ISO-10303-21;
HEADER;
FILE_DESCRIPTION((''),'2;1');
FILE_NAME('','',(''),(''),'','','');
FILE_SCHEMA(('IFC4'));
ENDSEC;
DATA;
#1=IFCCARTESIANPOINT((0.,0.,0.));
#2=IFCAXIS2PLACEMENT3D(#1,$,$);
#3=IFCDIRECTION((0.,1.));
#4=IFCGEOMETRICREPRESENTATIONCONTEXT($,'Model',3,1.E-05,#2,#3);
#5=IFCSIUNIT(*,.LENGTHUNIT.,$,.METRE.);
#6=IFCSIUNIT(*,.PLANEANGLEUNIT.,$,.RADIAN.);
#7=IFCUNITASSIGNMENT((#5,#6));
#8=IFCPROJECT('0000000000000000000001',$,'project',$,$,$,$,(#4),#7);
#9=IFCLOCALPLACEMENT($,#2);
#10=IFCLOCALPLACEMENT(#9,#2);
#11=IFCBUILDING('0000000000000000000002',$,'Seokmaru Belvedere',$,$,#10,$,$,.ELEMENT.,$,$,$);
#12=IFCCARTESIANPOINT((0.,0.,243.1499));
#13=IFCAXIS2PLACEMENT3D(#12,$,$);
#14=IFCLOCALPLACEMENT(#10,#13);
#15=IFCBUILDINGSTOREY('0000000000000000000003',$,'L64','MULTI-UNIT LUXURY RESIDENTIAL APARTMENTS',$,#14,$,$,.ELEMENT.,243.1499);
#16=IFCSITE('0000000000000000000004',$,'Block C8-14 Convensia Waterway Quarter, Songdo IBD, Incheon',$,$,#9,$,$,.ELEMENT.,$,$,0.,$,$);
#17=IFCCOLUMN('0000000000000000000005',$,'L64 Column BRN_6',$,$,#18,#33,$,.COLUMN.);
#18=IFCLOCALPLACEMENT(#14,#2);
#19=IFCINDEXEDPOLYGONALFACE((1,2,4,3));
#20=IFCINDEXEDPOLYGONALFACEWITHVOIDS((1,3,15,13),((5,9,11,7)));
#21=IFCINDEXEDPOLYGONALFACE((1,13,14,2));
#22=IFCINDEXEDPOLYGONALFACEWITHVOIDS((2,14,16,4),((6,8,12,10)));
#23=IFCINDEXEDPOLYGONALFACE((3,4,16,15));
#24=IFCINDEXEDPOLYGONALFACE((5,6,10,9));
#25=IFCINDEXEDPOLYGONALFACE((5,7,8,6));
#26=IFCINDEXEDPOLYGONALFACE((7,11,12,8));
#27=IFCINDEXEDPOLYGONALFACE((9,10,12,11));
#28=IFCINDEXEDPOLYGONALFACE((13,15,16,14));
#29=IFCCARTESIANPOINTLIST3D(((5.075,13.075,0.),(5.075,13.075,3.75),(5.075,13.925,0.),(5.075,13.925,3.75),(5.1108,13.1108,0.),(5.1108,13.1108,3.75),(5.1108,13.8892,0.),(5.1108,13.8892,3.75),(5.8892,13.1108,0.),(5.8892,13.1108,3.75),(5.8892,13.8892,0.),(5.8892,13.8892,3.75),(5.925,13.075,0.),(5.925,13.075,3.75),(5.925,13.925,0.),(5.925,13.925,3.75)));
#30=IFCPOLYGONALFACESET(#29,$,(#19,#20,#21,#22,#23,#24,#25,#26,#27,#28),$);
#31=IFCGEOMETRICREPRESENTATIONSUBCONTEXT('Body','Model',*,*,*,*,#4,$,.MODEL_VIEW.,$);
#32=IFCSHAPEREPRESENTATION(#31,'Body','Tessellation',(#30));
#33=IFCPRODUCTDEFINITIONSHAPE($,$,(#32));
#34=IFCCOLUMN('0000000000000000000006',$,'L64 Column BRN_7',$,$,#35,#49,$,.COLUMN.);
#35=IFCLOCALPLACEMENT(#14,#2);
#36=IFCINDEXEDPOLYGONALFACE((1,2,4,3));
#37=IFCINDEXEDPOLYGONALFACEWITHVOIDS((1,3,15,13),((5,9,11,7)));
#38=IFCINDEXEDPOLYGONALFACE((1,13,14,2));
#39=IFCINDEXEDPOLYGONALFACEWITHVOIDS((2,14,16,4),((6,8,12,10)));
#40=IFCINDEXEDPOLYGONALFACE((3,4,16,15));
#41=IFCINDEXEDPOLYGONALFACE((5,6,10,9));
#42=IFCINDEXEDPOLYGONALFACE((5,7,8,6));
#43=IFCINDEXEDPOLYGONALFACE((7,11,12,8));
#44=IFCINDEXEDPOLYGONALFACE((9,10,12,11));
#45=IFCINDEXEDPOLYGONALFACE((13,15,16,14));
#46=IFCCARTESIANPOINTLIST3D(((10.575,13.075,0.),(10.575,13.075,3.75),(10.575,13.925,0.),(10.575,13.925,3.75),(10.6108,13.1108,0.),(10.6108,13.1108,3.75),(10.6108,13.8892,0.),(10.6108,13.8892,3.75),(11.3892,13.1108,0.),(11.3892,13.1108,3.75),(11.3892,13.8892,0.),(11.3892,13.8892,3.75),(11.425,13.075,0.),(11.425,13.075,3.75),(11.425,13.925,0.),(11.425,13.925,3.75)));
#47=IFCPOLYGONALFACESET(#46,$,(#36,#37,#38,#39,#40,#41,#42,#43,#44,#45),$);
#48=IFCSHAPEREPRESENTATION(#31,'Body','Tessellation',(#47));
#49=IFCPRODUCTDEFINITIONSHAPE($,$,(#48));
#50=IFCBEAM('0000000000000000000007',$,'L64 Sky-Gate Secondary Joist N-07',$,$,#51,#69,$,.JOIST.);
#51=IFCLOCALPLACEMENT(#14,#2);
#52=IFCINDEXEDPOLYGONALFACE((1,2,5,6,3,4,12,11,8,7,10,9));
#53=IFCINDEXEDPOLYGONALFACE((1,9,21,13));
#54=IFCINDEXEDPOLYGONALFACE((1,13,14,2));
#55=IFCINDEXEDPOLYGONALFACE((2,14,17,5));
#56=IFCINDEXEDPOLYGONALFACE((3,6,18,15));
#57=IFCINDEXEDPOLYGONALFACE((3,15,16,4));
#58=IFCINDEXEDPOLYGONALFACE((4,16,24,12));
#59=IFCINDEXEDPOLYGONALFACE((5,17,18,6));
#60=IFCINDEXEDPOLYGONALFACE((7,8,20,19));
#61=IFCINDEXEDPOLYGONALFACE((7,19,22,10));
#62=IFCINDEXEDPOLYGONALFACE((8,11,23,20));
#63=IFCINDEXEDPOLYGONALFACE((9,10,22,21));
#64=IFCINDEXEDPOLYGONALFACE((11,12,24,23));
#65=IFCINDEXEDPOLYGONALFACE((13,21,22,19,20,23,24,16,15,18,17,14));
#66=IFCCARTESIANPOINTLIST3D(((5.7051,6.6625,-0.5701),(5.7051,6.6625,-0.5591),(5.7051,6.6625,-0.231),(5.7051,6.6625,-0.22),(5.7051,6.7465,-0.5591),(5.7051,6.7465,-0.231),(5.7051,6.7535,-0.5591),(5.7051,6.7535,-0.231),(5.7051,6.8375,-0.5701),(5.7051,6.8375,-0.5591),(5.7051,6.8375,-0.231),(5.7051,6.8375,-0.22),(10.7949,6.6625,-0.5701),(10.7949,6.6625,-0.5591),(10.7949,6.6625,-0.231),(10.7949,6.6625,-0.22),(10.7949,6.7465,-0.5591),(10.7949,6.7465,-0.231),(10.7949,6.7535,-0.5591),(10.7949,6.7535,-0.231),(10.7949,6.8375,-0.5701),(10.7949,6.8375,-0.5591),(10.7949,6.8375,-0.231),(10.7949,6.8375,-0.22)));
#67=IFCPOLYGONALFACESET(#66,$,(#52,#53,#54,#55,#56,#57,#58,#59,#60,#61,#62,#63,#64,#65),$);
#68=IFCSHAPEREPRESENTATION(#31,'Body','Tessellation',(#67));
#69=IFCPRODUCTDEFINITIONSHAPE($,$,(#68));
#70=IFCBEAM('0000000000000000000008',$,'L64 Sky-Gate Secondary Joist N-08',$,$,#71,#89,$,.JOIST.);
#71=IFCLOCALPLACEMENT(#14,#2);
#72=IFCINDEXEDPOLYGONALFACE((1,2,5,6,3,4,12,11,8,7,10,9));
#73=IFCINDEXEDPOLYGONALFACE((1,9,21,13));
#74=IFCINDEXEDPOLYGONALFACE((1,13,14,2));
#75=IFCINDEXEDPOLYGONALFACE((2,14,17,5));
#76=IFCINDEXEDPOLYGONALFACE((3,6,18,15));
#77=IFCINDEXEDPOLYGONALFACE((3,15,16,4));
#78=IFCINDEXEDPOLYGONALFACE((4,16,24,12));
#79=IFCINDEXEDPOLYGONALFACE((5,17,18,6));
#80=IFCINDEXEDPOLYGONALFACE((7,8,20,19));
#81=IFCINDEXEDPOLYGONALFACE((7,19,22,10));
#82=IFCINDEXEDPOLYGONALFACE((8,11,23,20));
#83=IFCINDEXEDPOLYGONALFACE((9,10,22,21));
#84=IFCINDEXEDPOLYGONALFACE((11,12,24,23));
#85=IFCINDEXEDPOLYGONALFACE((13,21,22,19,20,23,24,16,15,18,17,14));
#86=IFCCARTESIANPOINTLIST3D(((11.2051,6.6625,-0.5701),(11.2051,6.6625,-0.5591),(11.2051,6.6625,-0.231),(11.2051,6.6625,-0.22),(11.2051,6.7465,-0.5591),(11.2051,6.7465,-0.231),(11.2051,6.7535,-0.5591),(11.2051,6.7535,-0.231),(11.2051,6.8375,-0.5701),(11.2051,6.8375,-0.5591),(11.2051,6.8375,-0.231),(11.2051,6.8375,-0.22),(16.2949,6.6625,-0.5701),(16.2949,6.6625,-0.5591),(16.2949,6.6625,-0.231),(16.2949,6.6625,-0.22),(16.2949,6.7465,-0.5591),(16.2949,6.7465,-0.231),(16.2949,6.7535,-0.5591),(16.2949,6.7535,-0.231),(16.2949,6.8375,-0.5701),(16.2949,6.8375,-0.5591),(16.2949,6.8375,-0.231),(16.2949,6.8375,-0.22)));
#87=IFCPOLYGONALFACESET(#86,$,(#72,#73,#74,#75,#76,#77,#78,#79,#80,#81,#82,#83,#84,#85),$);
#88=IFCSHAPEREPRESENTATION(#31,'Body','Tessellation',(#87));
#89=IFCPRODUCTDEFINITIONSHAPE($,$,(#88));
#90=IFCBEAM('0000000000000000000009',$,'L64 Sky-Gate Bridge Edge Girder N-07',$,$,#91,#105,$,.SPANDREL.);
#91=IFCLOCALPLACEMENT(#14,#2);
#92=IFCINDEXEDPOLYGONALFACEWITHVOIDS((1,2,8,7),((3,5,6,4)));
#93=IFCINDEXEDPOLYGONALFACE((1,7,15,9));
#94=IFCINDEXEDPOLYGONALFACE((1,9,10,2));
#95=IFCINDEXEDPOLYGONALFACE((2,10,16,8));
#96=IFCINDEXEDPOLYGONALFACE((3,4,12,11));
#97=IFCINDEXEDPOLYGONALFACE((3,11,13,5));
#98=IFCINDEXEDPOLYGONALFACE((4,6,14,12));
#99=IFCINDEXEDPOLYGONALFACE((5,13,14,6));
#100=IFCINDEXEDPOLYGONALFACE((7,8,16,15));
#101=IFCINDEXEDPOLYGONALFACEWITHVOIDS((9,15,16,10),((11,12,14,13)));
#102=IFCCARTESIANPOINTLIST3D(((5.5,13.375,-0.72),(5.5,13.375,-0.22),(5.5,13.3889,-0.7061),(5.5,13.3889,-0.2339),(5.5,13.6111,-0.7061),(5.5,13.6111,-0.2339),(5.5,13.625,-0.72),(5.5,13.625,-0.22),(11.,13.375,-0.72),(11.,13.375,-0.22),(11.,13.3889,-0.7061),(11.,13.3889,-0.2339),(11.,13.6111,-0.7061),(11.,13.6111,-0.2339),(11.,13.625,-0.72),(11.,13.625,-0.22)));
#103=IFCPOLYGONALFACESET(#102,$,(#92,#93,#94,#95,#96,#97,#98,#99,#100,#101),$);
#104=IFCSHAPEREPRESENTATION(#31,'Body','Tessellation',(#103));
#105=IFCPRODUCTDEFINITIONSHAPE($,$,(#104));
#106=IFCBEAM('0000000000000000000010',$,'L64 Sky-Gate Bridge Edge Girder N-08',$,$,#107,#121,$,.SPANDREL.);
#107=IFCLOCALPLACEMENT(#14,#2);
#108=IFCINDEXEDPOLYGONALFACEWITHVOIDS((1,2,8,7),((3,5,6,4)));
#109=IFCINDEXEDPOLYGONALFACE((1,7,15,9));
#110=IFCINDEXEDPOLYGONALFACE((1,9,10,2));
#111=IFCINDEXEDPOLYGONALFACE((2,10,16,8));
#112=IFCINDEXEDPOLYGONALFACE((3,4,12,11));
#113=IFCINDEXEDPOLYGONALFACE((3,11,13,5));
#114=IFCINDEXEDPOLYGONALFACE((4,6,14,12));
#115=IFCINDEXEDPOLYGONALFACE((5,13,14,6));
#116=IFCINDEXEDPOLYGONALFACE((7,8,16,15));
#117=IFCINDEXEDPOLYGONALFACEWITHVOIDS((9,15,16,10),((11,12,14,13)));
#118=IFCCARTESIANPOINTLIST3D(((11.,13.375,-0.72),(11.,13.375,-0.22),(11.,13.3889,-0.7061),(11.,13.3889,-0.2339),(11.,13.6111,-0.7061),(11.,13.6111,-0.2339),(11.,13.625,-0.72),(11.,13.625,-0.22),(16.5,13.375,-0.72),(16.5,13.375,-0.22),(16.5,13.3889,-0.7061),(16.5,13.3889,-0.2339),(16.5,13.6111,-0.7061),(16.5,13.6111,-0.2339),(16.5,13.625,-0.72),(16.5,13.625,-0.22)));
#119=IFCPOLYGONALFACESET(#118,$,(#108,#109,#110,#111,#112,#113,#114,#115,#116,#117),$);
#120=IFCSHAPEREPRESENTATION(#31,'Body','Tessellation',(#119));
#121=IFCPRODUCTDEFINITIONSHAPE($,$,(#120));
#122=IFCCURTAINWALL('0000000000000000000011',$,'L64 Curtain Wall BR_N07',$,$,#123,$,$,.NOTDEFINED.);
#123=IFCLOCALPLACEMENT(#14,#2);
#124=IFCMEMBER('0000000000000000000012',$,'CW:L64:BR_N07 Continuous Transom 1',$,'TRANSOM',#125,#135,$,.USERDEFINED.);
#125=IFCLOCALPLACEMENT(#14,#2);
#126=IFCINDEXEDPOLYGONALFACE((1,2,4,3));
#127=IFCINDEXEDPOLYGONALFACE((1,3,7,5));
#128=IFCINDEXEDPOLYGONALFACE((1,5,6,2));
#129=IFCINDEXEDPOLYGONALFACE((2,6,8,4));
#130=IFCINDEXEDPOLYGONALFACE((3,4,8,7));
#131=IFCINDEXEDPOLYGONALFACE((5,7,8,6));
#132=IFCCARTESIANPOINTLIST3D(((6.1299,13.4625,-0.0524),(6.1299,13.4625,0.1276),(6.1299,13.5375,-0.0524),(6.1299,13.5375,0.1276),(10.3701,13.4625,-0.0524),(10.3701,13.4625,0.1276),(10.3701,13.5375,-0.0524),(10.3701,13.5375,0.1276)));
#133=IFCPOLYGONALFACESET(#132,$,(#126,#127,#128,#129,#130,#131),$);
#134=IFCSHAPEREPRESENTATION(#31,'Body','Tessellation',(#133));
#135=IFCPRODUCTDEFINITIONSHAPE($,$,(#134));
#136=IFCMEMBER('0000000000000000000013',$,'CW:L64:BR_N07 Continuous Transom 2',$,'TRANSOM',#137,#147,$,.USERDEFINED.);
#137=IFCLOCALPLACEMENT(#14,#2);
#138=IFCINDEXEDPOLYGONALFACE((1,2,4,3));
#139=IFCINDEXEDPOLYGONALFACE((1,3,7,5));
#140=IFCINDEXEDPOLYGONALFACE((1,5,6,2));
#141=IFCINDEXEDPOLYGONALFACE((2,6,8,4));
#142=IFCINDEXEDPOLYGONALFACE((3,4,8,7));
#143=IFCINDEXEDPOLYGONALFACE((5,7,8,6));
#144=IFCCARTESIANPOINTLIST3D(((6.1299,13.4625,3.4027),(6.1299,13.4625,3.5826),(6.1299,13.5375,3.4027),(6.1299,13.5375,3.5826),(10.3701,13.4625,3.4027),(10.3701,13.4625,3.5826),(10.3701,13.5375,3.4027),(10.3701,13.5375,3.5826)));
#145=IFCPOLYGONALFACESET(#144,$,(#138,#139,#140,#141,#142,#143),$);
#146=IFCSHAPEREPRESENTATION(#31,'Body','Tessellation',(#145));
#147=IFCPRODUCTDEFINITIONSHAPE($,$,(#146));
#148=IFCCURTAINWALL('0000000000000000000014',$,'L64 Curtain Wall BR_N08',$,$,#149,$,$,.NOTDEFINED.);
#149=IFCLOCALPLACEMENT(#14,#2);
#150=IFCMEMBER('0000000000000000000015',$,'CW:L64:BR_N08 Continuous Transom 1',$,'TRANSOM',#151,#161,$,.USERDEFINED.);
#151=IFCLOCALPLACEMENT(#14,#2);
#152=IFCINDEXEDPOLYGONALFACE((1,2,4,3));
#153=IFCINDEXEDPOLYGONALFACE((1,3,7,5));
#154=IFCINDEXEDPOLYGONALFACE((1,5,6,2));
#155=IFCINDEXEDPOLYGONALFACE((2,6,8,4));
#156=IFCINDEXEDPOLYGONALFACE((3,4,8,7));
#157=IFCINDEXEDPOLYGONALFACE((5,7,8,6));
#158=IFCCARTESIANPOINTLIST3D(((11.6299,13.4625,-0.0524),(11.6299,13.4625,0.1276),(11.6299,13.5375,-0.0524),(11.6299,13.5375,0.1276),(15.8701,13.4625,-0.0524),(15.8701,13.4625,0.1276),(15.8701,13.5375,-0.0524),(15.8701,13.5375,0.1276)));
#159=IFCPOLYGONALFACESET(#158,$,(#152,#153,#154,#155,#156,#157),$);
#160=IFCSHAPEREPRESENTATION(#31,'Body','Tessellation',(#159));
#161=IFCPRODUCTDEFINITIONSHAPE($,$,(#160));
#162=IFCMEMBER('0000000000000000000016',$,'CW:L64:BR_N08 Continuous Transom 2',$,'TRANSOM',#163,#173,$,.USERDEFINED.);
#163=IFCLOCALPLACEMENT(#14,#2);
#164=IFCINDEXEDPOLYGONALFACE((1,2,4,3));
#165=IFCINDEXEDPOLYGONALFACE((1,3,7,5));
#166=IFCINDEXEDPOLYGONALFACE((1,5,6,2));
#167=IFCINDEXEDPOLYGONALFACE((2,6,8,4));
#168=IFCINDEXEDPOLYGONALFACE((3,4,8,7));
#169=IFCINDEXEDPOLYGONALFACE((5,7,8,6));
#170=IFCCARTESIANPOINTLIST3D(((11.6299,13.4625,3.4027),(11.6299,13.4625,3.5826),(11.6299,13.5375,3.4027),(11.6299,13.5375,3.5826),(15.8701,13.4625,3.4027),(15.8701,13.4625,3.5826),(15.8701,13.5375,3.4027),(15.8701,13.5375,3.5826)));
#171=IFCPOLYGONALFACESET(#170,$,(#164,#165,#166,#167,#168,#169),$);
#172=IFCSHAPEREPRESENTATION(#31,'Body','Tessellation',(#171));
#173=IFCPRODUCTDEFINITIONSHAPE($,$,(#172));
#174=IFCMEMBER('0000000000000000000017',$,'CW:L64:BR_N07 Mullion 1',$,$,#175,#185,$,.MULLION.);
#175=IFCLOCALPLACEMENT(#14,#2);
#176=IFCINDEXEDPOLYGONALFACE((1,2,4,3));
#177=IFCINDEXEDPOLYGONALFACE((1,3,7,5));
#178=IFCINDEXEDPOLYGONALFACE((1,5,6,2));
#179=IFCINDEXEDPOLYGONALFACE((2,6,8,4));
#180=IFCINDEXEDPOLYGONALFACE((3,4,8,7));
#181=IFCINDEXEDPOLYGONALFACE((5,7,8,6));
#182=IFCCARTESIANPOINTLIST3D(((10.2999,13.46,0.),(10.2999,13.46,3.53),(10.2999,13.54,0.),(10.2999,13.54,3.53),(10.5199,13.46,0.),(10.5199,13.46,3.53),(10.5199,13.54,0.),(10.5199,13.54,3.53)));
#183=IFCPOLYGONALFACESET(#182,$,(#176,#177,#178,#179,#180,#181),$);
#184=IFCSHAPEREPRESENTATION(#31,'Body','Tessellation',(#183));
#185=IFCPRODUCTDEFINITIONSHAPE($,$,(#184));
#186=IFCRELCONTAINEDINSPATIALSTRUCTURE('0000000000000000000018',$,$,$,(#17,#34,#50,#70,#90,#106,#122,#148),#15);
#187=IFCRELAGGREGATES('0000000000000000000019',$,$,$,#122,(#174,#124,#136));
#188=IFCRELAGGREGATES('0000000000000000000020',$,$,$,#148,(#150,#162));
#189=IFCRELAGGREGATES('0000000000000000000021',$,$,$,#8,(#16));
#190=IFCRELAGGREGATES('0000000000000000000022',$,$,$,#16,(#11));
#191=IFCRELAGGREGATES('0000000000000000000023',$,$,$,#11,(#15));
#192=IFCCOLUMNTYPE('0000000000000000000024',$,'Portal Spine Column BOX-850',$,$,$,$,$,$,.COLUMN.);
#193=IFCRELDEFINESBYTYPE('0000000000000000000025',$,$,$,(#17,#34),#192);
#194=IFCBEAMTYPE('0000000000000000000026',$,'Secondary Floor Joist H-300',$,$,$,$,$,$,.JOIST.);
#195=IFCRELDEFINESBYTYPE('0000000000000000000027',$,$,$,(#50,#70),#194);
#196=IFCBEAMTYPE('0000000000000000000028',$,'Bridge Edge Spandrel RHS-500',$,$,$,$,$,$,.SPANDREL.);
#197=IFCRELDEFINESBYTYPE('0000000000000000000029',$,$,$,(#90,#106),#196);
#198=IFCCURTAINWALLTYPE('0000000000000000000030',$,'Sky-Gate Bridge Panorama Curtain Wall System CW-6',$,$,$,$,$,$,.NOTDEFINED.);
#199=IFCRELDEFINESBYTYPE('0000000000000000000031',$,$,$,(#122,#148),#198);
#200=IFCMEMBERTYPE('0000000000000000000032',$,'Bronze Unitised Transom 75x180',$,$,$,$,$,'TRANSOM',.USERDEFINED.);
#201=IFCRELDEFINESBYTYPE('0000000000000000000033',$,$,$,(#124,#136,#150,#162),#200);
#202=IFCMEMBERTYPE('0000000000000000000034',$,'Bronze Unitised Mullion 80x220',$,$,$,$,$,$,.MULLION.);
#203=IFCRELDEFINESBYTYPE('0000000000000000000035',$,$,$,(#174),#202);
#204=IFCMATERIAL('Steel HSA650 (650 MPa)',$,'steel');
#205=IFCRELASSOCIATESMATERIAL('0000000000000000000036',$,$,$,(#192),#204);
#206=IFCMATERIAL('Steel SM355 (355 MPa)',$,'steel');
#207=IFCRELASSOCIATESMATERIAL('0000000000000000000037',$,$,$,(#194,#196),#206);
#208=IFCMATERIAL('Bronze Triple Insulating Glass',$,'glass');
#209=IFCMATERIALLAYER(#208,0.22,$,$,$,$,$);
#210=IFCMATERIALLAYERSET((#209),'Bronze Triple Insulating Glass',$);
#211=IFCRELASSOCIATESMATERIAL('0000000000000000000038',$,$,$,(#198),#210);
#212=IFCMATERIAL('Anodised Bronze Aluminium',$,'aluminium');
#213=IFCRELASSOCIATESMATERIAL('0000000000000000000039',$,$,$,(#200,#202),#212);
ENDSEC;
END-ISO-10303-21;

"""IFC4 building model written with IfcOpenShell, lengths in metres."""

from ifc_helpers import new_model, si_unit, direction, frame, origin, origin_2d, place, context, subcontext, project, spatial, rectangle, hollow_rectangle, i_section, extrude, source, transform, mapped, material, layer, layer_set, material_profile, profile_set, type_object, type_shapes, element, aggregate, save


model = new_model("IFC4")

# Units and contexts
model_context = context("Model", 3, precision=1e-05, world=origin(), true_north=direction((0.0, 1.0)))
body_context = subcontext(model_context, "Body", "Model", "MODEL_VIEW")
ifc_project = project(units=[si_unit("LENGTHUNIT", "METRE"), si_unit("PLANEANGLEUNIT", "RADIAN")], contexts=[model_context])

# Site, building, storey
site_placement = place(None, origin())
site = spatial("IfcSite", under=ifc_project, at=site_placement, Name="Block C8-14 Convensia Waterway Quarter, Songdo IBD, Incheon", CompositionType="ELEMENT", RefElevation=0.0)
building_placement = place(site_placement, origin())
building = spatial("IfcBuilding", under=site, at=building_placement, Name="Seokmaru Belvedere", CompositionType="ELEMENT")
storey_placement = place(building_placement, frame((0.0, 0.0, 243.1499)))
storey = spatial("IfcBuildingStorey", under=building, at=storey_placement, Name="L64", Description="MULTI-UNIT LUXURY RESIDENTIAL APARTMENTS", CompositionType="ELEMENT", Elevation=243.1499)

# Columns
ifc_material_1 = material(Name="Steel HSA650 (650 MPa)", Category="steel")
ifc_material_profile_1 = material_profile(ifc_material_1, hollow_rectangle(XDim=0.8501, YDim=0.8501, WallThickness=0.0359, at=origin_2d()), Name="BOX-850x850x36")
ifc_profile_set_1 = profile_set([ifc_material_profile_1], Name="Steel HSA650 (650 MPa)")
column_type = type_object("IfcColumnType", Name="Portal Spine Column BOX-850", PredefinedType="COLUMN", material=ifc_profile_set_1)
shared_shape_1 = source(origin(), body_context, "Body", "SweptSolid", [
    extrude(hollow_rectangle(XDim=0.8501, YDim=0.8501, WallThickness=0.0359, at=origin_2d()), origin(), (0.0, 0.0, 1.0), 3.75),
])
type_shapes(column_type, [shared_shape_1])
for number, where, z_axis, x_axis, name in (
    (1, (5.5, 13.5, 0.0), (0.0, 0.0, 1.0), (1.0, 0.0, 0.0), "L64 Column BRN_6"),
    (2, (11.0, 13.5, 0.0), (0.0, 0.0, 1.0), (1.0, 0.0, 0.0), "L64 Column BRN_7"),
):
    element("IfcColumn", number, at=place(storey_placement, frame(where, z_axis=z_axis, x_axis=x_axis)), inside=storey, type_object=column_type, Name=name, PredefinedType="COLUMN", context=body_context, shape_type="MappedRepresentation", body=[
        mapped(shared_shape_1, transform((0.0, 0.0, 0.0), scale=1.0)),
    ])

# Beams
ifc_material_2 = material(Name="Steel SM355 (355 MPa)", Category="steel")
ifc_material_profile_2 = material_profile(ifc_material_2, i_section(OverallWidth=0.175, OverallDepth=0.3501, WebThickness=0.0071, FlangeThickness=0.011, at=origin_2d()), Name="H-350x175x7x11")
ifc_profile_set_2 = profile_set([ifc_material_profile_2], Name="Steel SM355 (355 MPa)")
beam_type_1 = type_object("IfcBeamType", Name="Secondary Floor Joist H-300", PredefinedType="JOIST", material=ifc_profile_set_2)
shared_shape_2 = source(origin(), body_context, "Body", "SweptSolid", [
    extrude(i_section(OverallWidth=0.175, OverallDepth=0.3501, WebThickness=0.0071, FlangeThickness=0.011, at=origin_2d()), origin(), (0.0, 0.0, 1.0), 5.0898),
])
type_shapes(beam_type_1, [shared_shape_2])
for number, where, z_axis, x_axis, name in (
    (3, (5.7051, 6.75, -0.395), (1.0, 0.0, 0.0), (0.0, 1.0, 0.0), "L64 Sky-Gate Secondary Joist N-07"),
    (4, (11.2051, 6.75, -0.395), (1.0, 0.0, 0.0), (0.0, 1.0, 0.0), "L64 Sky-Gate Secondary Joist N-08"),
):
    element("IfcBeam", number, at=place(storey_placement, frame(where, z_axis=z_axis, x_axis=x_axis)), inside=storey, type_object=beam_type_1, Name=name, PredefinedType="JOIST", context=body_context, shape_type="MappedRepresentation", body=[
        mapped(shared_shape_2, transform((0.0, 0.0, 0.0), scale=1.0)),
    ])
ifc_material_profile_3 = material_profile(ifc_material_2, hollow_rectangle(XDim=0.25, YDim=0.5, WallThickness=0.0139, at=origin_2d()), Name="RHS-500x250x14")
ifc_profile_set_3 = profile_set([ifc_material_profile_3], Name="Steel SM355 (355 MPa)")
beam_type_2 = type_object("IfcBeamType", Name="Bridge Edge Spandrel RHS-500", PredefinedType="SPANDREL", material=ifc_profile_set_3)
shared_shape_3 = source(origin(), body_context, "Body", "SweptSolid", [
    extrude(hollow_rectangle(XDim=0.25, YDim=0.5, WallThickness=0.0139, at=origin_2d()), origin(), (0.0, 0.0, 1.0), 5.5),
])
type_shapes(beam_type_2, [shared_shape_3])
for number, where, z_axis, x_axis, name in (
    (5, (5.5, 13.5, -0.47), (1.0, 0.0, 0.0), (0.0, 1.0, 0.0), "L64 Sky-Gate Bridge Edge Girder N-07"),
    (6, (11.0, 13.5, -0.47), (1.0, 0.0, 0.0), (0.0, 1.0, 0.0), "L64 Sky-Gate Bridge Edge Girder N-08"),
):
    element("IfcBeam", number, at=place(storey_placement, frame(where, z_axis=z_axis, x_axis=x_axis)), inside=storey, type_object=beam_type_2, Name=name, PredefinedType="SPANDREL", context=body_context, shape_type="MappedRepresentation", body=[
        mapped(shared_shape_3, transform((0.0, 0.0, 0.0), scale=1.0)),
    ])

# Curtain walls, members
ifc_material_3 = material(Name="Bronze Triple Insulating Glass", Category="glass")
ifc_layer_1 = layer(ifc_material_3, 0.22)
ifc_layer_set_1 = layer_set([ifc_layer_1], Name="Bronze Triple Insulating Glass")
curtain_wall_type = type_object("IfcCurtainWallType", Name="Sky-Gate Bridge Panorama Curtain Wall System CW-6", PredefinedType="NOTDEFINED", material=ifc_layer_set_1)
curtain_wall_1_placement = place(storey_placement, origin())
curtain_wall_1 = element("IfcCurtainWall", 7, at=curtain_wall_1_placement, inside=storey, type_object=curtain_wall_type, Name="L64 Curtain Wall BR_N07", PredefinedType="NOTDEFINED")
ifc_material_4 = material(Name="Anodised Bronze Aluminium", Category="aluminium")
ifc_material_profile_4 = material_profile(ifc_material_4, rectangle(XDim=0.075, YDim=0.1799, at=origin_2d()), Name="CW-T-75x180")
ifc_profile_set_4 = profile_set([ifc_material_profile_4], Name="Anodised Bronze Aluminium")
member_type_1 = type_object("IfcMemberType", Name="Bronze Unitised Transom 75x180", ElementType="TRANSOM", PredefinedType="USERDEFINED", material=ifc_profile_set_4)
shared_shape_4 = source(origin(), body_context, "Body", "SweptSolid", [
    extrude(rectangle(XDim=0.075, YDim=0.1799, at=origin_2d()), origin(), (0.0, 0.0, 1.0), 4.2402),
])
type_shapes(member_type_1, [shared_shape_4])
member_1_placement = place(storey_placement, frame((10.3701, 13.5, 0.0376), z_axis=(-1.0, 0.0, 0.0), x_axis=(0.0, -1.0, 0.0)))
member_1 = element("IfcMember", 8, at=member_1_placement, type_object=member_type_1, Name="CW:L64:BR_N07 Continuous Transom 1", ObjectType="TRANSOM", PredefinedType="USERDEFINED", context=body_context, shape_type="MappedRepresentation", body=[
    mapped(shared_shape_4, transform((0.0, 0.0, 0.0), scale=1.0)),
])
member_2_placement = place(storey_placement, frame((10.3701, 13.5, 3.4927), z_axis=(-1.0, 0.0, 0.0), x_axis=(0.0, -1.0, 0.0)))
member_2 = element("IfcMember", 9, at=member_2_placement, type_object=member_type_1, Name="CW:L64:BR_N07 Continuous Transom 2", ObjectType="TRANSOM", PredefinedType="USERDEFINED", context=body_context, shape_type="MappedRepresentation", body=[
    mapped(shared_shape_4, transform((0.0, 0.0, 0.0), scale=1.0)),
])
curtain_wall_2_placement = place(storey_placement, origin())
curtain_wall_2 = element("IfcCurtainWall", 10, at=curtain_wall_2_placement, inside=storey, type_object=curtain_wall_type, Name="L64 Curtain Wall BR_N08", PredefinedType="NOTDEFINED")
member_3_placement = place(storey_placement, frame((15.8701, 13.5, 0.0376), z_axis=(-1.0, 0.0, 0.0), x_axis=(0.0, -1.0, 0.0)))
member_3 = element("IfcMember", 11, at=member_3_placement, type_object=member_type_1, Name="CW:L64:BR_N08 Continuous Transom 1", ObjectType="TRANSOM", PredefinedType="USERDEFINED", context=body_context, shape_type="MappedRepresentation", body=[
    mapped(shared_shape_4, transform((0.0, 0.0, 0.0), scale=1.0)),
])
member_4_placement = place(storey_placement, frame((15.8701, 13.5, 3.4927), z_axis=(-1.0, 0.0, 0.0), x_axis=(0.0, -1.0, 0.0)))
member_4 = element("IfcMember", 12, at=member_4_placement, type_object=member_type_1, Name="CW:L64:BR_N08 Continuous Transom 2", ObjectType="TRANSOM", PredefinedType="USERDEFINED", context=body_context, shape_type="MappedRepresentation", body=[
    mapped(shared_shape_4, transform((0.0, 0.0, 0.0), scale=1.0)),
])

# Member
ifc_material_profile_5 = material_profile(ifc_material_4, rectangle(XDim=0.0801, YDim=0.22, at=origin_2d()), Name="CW-M-80x220")
ifc_profile_set_5 = profile_set([ifc_material_profile_5], Name="Anodised Bronze Aluminium")
member_type_2 = type_object("IfcMemberType", Name="Bronze Unitised Mullion 80x220", PredefinedType="MULLION", material=ifc_profile_set_5)
shared_shape_5 = source(origin(), body_context, "Body", "SweptSolid", [
    extrude(rectangle(XDim=0.0801, YDim=0.22, at=origin_2d()), origin(), (0.0, 0.0, 1.0), 3.53),
])
type_shapes(member_type_2, [shared_shape_5])
member_5_placement = place(storey_placement, frame((10.4099, 13.5, 0.0), z_axis=(0.0, 0.0, 1.0), x_axis=(0.0, -1.0, 0.0)))
member_5 = element("IfcMember", 13, at=member_5_placement, type_object=member_type_2, Name="CW:L64:BR_N07 Mullion 1", PredefinedType="MULLION", context=body_context, shape_type="MappedRepresentation", body=[
    mapped(shared_shape_5, transform((0.0, 0.0, 0.0), scale=1.0)),
])

aggregate(curtain_wall_1, [member_5, member_1, member_2])
aggregate(curtain_wall_2, [member_3, member_4])

save(model, "model.ifc")
